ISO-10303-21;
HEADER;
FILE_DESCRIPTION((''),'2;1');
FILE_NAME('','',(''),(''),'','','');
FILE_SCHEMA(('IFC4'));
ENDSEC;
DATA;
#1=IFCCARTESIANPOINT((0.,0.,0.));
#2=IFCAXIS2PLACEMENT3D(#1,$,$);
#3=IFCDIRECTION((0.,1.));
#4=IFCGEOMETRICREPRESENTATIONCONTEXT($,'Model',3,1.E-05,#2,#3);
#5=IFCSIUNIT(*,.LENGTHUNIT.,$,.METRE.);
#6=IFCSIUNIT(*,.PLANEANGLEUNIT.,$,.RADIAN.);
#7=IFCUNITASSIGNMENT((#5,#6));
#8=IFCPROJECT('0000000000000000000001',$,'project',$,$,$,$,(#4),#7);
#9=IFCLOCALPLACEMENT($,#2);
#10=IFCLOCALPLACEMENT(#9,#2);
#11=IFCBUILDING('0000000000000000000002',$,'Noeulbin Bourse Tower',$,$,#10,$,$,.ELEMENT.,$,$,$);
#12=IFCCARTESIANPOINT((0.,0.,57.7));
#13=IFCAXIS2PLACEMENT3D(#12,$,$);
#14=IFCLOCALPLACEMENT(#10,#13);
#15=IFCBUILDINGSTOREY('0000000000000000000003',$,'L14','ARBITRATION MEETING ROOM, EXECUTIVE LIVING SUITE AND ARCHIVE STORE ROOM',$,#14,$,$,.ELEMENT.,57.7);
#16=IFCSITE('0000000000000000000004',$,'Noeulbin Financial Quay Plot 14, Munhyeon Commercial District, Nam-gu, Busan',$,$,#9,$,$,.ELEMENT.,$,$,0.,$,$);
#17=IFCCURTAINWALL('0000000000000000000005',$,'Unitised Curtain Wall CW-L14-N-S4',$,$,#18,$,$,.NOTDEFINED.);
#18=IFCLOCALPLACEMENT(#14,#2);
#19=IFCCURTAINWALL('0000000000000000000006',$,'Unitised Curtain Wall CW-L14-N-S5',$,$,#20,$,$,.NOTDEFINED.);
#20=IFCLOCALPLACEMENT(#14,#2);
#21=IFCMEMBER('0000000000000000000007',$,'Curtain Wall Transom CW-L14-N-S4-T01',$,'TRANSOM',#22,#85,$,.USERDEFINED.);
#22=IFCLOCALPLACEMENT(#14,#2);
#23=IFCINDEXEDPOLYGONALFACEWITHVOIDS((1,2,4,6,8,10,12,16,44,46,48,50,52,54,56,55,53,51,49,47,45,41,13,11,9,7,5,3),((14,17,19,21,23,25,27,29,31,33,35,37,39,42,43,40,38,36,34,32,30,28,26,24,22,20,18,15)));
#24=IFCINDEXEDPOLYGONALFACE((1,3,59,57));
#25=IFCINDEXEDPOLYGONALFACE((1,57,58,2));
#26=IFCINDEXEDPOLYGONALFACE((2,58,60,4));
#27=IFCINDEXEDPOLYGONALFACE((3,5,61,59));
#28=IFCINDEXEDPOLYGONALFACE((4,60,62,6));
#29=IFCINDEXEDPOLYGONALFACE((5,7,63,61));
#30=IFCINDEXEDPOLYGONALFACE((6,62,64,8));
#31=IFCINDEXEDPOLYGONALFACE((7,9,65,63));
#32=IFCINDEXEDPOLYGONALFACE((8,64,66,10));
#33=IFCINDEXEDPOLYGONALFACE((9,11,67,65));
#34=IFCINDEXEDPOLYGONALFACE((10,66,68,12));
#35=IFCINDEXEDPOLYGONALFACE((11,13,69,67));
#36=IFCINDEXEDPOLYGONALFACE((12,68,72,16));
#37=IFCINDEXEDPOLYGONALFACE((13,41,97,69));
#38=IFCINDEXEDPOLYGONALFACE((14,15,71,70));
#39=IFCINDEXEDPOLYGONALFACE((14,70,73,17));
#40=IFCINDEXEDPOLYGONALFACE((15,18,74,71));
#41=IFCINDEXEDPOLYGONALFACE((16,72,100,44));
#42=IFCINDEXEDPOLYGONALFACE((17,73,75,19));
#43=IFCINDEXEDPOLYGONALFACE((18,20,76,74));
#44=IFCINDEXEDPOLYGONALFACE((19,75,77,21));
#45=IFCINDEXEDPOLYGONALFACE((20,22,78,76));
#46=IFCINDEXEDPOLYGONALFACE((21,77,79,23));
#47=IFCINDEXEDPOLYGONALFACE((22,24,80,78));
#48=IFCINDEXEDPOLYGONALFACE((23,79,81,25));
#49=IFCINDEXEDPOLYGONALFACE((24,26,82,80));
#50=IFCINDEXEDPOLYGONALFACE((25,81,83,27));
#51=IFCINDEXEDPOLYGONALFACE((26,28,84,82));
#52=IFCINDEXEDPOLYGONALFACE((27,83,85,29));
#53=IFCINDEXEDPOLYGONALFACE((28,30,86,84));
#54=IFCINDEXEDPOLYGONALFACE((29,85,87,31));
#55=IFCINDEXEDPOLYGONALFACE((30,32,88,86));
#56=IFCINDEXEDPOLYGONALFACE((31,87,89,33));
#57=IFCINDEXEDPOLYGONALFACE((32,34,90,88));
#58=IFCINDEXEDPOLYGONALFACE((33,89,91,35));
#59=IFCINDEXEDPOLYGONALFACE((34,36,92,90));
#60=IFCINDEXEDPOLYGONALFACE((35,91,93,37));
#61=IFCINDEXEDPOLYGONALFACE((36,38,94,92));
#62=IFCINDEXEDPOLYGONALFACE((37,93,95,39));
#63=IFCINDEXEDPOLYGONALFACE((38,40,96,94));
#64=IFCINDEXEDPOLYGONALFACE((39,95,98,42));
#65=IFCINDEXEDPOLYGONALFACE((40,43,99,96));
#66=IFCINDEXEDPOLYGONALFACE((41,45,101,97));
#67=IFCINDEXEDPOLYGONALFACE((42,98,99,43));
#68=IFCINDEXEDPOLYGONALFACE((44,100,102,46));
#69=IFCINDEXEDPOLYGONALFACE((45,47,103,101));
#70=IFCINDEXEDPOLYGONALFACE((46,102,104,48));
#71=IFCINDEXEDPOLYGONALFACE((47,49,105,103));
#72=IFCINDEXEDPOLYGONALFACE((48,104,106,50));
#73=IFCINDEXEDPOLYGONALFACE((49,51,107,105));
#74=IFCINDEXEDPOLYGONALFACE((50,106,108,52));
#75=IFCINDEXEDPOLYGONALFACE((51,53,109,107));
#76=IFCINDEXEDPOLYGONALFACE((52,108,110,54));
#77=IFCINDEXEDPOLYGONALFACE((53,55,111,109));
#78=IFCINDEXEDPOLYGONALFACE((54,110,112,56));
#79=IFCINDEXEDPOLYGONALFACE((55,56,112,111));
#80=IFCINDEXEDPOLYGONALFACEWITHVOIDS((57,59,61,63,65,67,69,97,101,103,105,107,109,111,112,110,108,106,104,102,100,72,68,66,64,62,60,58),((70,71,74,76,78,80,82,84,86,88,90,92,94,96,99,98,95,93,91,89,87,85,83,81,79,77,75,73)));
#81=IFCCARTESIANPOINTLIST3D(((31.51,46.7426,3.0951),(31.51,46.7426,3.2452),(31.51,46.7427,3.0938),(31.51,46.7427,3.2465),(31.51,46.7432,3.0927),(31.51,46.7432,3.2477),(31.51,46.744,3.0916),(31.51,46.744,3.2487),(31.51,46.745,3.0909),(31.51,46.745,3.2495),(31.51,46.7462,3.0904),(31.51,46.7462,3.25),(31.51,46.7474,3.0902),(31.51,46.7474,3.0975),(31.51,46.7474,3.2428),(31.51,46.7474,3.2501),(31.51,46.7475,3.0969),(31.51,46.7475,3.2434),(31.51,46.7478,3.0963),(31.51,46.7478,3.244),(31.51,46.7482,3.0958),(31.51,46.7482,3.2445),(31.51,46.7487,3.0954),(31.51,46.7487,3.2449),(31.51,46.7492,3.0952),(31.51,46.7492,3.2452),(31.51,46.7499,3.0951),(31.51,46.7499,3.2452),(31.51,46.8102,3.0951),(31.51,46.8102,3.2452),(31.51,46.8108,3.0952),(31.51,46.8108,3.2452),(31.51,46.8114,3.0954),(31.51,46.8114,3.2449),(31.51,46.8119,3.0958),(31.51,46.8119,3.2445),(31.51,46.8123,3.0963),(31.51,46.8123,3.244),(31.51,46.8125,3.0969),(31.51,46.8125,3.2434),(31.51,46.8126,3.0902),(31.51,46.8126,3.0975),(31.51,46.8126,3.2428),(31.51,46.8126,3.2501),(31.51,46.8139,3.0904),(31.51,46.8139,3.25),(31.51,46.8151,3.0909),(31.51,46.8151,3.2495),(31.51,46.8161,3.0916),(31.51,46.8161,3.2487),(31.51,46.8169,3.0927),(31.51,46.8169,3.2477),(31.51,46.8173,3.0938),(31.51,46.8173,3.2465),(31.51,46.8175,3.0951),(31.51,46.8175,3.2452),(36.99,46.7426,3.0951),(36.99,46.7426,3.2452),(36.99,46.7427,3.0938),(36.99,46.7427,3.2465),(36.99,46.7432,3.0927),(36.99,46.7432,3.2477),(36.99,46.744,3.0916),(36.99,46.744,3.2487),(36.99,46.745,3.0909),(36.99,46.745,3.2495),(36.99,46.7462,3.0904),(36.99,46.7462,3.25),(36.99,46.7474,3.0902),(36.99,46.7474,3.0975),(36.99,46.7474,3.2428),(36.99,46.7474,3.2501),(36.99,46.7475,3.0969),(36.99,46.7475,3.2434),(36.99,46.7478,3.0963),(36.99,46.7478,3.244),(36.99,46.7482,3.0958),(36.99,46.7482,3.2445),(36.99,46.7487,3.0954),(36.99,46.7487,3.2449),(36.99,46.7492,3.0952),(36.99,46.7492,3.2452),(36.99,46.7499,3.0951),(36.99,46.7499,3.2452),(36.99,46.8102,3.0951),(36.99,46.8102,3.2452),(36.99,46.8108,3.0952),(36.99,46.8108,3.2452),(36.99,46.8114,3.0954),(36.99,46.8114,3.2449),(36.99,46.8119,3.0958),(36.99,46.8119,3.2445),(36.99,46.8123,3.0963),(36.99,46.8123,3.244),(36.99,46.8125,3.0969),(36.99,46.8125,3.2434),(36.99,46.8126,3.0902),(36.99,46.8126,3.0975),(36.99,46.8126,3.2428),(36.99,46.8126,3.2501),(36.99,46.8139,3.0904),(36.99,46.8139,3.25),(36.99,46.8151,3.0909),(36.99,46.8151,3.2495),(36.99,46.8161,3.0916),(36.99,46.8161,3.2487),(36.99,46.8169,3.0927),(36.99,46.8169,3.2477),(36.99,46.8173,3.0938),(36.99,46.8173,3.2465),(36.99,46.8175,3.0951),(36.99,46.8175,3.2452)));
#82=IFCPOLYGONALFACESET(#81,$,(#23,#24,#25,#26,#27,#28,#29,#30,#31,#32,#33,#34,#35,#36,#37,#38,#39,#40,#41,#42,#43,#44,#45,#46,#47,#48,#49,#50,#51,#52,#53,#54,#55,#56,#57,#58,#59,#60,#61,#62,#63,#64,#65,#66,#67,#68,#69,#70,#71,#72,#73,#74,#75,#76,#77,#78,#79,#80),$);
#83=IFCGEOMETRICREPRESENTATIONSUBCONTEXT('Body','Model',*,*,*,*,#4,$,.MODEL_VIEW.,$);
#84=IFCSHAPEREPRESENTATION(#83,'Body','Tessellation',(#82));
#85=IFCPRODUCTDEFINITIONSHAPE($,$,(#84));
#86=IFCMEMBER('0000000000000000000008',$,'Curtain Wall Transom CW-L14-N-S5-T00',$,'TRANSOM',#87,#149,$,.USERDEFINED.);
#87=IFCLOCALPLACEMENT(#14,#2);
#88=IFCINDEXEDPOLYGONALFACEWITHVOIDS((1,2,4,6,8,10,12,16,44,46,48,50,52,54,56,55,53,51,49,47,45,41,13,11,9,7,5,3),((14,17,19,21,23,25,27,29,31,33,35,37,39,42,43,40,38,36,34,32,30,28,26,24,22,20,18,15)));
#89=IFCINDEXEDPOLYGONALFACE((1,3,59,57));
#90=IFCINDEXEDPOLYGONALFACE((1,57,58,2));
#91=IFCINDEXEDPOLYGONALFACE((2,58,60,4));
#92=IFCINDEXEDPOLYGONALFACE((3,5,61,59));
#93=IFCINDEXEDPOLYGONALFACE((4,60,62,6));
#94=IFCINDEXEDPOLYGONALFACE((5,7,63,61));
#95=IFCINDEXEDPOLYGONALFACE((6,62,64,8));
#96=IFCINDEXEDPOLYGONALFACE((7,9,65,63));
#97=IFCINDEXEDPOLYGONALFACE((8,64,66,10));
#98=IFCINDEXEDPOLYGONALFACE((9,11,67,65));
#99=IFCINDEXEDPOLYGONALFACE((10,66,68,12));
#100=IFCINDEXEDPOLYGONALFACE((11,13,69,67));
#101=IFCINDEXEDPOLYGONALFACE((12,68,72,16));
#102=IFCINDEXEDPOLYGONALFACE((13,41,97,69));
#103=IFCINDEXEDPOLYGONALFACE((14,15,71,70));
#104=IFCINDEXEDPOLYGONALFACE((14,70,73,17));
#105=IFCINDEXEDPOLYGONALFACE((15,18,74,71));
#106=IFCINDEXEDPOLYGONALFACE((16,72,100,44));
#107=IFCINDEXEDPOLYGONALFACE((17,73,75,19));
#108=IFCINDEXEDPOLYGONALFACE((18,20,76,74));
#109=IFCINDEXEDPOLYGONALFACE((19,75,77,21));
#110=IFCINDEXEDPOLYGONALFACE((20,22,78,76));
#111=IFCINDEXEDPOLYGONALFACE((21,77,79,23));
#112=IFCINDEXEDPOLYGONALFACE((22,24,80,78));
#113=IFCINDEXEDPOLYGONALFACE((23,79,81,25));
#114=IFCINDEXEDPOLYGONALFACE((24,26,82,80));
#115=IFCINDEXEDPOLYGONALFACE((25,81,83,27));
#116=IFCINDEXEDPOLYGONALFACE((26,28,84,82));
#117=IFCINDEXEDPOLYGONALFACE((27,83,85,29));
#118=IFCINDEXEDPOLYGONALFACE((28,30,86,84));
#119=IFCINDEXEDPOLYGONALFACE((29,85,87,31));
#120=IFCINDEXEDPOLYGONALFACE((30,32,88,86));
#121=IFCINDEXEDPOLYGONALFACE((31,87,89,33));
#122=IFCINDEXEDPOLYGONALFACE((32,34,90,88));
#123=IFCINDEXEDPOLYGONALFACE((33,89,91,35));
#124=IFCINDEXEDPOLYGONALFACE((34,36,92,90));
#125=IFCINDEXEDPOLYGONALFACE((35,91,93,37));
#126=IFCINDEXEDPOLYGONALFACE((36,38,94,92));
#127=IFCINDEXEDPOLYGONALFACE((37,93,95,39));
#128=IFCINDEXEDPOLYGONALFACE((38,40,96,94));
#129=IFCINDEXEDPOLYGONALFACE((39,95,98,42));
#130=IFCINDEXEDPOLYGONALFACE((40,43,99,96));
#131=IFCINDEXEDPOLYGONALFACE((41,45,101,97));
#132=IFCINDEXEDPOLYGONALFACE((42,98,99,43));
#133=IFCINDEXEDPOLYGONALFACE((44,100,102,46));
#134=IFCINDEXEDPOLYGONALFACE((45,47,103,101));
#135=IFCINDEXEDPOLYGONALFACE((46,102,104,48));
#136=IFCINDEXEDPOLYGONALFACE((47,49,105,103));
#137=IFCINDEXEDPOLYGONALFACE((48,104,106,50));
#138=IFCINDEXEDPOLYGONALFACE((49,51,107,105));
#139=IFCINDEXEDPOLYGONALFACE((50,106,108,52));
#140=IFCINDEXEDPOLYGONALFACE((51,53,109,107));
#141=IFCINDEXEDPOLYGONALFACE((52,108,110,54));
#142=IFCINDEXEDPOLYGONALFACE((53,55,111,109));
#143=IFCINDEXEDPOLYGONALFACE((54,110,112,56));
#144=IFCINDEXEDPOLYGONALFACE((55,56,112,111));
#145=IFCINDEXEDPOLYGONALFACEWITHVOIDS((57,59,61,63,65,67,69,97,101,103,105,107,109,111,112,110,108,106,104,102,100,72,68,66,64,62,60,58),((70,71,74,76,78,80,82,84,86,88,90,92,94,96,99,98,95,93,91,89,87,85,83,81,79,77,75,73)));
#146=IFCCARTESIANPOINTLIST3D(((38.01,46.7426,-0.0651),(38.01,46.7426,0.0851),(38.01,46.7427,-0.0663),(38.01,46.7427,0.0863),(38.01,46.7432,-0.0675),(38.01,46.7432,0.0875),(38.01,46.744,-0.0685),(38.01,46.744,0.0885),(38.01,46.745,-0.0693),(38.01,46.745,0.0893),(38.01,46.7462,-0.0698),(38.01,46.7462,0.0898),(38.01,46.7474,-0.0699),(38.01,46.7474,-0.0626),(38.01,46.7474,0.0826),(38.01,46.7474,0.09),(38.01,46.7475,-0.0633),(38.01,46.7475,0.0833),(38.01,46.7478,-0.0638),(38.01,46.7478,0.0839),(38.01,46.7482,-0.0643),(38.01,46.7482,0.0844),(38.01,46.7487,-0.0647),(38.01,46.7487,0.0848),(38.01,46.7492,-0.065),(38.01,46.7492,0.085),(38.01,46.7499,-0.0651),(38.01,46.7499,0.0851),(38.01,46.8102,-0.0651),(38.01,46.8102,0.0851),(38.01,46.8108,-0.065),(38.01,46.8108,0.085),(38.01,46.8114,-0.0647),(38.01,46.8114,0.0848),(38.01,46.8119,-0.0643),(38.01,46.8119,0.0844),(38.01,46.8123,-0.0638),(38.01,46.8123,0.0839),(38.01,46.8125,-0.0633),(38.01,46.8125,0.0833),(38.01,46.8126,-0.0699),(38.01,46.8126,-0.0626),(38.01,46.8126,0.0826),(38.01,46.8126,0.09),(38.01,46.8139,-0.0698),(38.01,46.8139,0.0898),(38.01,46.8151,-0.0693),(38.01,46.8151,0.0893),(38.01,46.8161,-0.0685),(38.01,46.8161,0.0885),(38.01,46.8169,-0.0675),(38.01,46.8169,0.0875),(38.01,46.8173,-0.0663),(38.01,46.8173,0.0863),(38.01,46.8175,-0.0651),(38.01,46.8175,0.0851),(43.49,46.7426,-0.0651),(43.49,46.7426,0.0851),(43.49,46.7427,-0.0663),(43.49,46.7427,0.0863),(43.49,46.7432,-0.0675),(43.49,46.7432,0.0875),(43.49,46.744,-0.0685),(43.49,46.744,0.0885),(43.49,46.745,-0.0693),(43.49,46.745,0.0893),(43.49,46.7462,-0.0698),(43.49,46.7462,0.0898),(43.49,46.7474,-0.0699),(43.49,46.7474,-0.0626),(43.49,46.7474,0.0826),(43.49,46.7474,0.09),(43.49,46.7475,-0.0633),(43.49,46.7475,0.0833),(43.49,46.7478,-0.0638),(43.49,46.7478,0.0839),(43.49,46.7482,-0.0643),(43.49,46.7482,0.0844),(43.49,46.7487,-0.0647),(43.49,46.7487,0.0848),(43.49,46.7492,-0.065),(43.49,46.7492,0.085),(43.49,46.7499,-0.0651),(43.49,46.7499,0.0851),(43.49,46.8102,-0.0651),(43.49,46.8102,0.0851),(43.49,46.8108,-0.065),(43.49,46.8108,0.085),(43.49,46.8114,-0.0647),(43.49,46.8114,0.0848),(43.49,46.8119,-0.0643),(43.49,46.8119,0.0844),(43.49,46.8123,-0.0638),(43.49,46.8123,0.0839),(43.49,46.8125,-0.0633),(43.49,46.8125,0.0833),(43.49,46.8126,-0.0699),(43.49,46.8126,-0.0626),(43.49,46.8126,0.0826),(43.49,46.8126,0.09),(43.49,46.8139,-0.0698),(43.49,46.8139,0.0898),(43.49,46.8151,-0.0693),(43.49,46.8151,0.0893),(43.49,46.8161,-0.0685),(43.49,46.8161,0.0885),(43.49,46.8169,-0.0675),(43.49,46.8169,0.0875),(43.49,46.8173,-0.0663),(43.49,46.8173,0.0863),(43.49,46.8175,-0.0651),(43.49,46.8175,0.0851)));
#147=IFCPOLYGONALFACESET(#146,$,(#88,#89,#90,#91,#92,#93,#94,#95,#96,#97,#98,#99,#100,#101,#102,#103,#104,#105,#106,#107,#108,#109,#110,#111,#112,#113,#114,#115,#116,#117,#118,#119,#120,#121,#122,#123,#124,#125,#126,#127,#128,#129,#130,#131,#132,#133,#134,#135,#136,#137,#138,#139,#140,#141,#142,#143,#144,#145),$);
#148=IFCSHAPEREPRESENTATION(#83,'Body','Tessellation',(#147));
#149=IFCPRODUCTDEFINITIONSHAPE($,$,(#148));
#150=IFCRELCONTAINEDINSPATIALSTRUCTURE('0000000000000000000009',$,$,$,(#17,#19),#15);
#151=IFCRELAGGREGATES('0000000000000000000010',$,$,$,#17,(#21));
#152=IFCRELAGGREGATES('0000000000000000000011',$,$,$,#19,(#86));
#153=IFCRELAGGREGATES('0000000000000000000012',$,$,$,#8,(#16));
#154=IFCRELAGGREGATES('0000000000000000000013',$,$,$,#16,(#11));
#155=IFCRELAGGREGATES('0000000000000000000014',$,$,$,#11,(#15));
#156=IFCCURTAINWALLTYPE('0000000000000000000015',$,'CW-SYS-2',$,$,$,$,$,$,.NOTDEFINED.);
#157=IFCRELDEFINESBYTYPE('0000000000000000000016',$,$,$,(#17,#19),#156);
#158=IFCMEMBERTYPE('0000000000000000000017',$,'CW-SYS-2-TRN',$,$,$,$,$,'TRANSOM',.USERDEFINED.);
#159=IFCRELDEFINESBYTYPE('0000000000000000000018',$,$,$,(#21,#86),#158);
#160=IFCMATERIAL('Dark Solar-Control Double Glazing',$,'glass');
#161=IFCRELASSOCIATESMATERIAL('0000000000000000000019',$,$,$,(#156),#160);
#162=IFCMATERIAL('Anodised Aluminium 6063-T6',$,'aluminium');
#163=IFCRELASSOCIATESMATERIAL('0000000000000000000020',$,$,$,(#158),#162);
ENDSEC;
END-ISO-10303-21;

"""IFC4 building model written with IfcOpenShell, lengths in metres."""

from ifc_helpers import new_model, si_unit, direction, frame, origin, origin_2d, place, context, subcontext, project, spatial, hollow_rectangle, extrude, material, material_profile, profile_set, type_object, element, aggregate, save


model = new_model("IFC4")

# Units and contexts
model_context = context("Model", 3, precision=1e-05, world=origin(), true_north=direction((0.0, 1.0)))
body_context = subcontext(model_context, "Body", "Model", "MODEL_VIEW")
ifc_project = project(units=[si_unit("LENGTHUNIT", "METRE"), si_unit("PLANEANGLEUNIT", "RADIAN")], contexts=[model_context])

# Site, building, storey
site_placement = place(None, origin())
site = spatial("IfcSite", under=ifc_project, at=site_placement, Name="Noeulbin Financial Quay Plot 14, Munhyeon Commercial District, Nam-gu, Busan", CompositionType="ELEMENT", RefElevation=0.0)
building_placement = place(site_placement, origin())
building = spatial("IfcBuilding", under=site, at=building_placement, Name="Noeulbin Bourse Tower", CompositionType="ELEMENT")
storey_placement = place(building_placement, frame((0.0, 0.0, 57.7)))
storey = spatial("IfcBuildingStorey", under=building, at=storey_placement, Name="L14", Description="ARBITRATION MEETING ROOM, EXECUTIVE LIVING SUITE AND ARCHIVE STORE ROOM", CompositionType="ELEMENT", Elevation=57.7)

# Shared definitions
ifc_material_1 = material(Name="Dark Solar-Control Double Glazing", Category="glass")
curtain_wall_type = type_object("IfcCurtainWallType", Name="CW-SYS-2", PredefinedType="NOTDEFINED", material=ifc_material_1)
ifc_material_2 = material(Name="Anodised Aluminium 6063-T6", Category="aluminium")

# Curtain wall
curtain_wall_1_placement = place(storey_placement, origin())
curtain_wall_1 = element("IfcCurtainWall", 1, at=curtain_wall_1_placement, inside=storey, type_object=curtain_wall_type, Name="Unitised Curtain Wall CW-L14-N-S4", PredefinedType="NOTDEFINED")

# Curtain wall
curtain_wall_2_placement = place(storey_placement, origin())
curtain_wall_2 = element("IfcCurtainWall", 2, at=curtain_wall_2_placement, inside=storey, type_object=curtain_wall_type, Name="Unitised Curtain Wall CW-L14-N-S5", PredefinedType="NOTDEFINED")

# Members
ifc_material_profile_1 = material_profile(ifc_material_2, hollow_rectangle(XDim=0.075, YDim=0.1599, WallThickness=0.0049, InnerFilletRadius=0.0024, OuterFilletRadius=0.0049, at=origin_2d()), Name="ALU-TRAN-75x160x5", Category="LoadBearing")
ifc_profile_set_1 = profile_set([ifc_material_profile_1], Name="Anodised Aluminium 6063-T6")
member_type_1 = type_object("IfcMemberType", Name="CW-SYS-2-TRN", ElementType="TRANSOM", PredefinedType="USERDEFINED", material=ifc_profile_set_1)
member_1_placement = place(storey_placement, frame((31.51, 46.78, 3.1702), z_axis=(1.0, 0.0, 0.0), x_axis=(0.0, 1.0, 0.0)))
member_1 = element("IfcMember", 3, at=member_1_placement, type_object=member_type_1, Name="Curtain Wall Transom CW-L14-N-S4-T01", ObjectType="TRANSOM", PredefinedType="USERDEFINED", context=body_context, shape_type="SweptSolid", body=[
    extrude(hollow_rectangle(XDim=0.075, YDim=0.1599, WallThickness=0.0049, InnerFilletRadius=0.0024, OuterFilletRadius=0.0049, at=origin_2d()), origin(), (0.0, 0.0, 1.0), 5.48),
])
member_2_placement = place(storey_placement, frame((38.01, 46.78, 0.01), z_axis=(1.0, 0.0, 0.0), x_axis=(0.0, 1.0, 0.0)))
member_2 = element("IfcMember", 4, at=member_2_placement, type_object=member_type_1, Name="Curtain Wall Transom CW-L14-N-S5-T00", ObjectType="TRANSOM", PredefinedType="USERDEFINED", context=body_context, shape_type="SweptSolid", body=[
    extrude(hollow_rectangle(XDim=0.075, YDim=0.1599, WallThickness=0.0049, InnerFilletRadius=0.0024, OuterFilletRadius=0.0049, at=origin_2d()), origin(), (0.0, 0.0, 1.0), 5.48),
])

aggregate(curtain_wall_1, [member_1])
aggregate(curtain_wall_2, [member_2])

save(model, "model.ifc")
